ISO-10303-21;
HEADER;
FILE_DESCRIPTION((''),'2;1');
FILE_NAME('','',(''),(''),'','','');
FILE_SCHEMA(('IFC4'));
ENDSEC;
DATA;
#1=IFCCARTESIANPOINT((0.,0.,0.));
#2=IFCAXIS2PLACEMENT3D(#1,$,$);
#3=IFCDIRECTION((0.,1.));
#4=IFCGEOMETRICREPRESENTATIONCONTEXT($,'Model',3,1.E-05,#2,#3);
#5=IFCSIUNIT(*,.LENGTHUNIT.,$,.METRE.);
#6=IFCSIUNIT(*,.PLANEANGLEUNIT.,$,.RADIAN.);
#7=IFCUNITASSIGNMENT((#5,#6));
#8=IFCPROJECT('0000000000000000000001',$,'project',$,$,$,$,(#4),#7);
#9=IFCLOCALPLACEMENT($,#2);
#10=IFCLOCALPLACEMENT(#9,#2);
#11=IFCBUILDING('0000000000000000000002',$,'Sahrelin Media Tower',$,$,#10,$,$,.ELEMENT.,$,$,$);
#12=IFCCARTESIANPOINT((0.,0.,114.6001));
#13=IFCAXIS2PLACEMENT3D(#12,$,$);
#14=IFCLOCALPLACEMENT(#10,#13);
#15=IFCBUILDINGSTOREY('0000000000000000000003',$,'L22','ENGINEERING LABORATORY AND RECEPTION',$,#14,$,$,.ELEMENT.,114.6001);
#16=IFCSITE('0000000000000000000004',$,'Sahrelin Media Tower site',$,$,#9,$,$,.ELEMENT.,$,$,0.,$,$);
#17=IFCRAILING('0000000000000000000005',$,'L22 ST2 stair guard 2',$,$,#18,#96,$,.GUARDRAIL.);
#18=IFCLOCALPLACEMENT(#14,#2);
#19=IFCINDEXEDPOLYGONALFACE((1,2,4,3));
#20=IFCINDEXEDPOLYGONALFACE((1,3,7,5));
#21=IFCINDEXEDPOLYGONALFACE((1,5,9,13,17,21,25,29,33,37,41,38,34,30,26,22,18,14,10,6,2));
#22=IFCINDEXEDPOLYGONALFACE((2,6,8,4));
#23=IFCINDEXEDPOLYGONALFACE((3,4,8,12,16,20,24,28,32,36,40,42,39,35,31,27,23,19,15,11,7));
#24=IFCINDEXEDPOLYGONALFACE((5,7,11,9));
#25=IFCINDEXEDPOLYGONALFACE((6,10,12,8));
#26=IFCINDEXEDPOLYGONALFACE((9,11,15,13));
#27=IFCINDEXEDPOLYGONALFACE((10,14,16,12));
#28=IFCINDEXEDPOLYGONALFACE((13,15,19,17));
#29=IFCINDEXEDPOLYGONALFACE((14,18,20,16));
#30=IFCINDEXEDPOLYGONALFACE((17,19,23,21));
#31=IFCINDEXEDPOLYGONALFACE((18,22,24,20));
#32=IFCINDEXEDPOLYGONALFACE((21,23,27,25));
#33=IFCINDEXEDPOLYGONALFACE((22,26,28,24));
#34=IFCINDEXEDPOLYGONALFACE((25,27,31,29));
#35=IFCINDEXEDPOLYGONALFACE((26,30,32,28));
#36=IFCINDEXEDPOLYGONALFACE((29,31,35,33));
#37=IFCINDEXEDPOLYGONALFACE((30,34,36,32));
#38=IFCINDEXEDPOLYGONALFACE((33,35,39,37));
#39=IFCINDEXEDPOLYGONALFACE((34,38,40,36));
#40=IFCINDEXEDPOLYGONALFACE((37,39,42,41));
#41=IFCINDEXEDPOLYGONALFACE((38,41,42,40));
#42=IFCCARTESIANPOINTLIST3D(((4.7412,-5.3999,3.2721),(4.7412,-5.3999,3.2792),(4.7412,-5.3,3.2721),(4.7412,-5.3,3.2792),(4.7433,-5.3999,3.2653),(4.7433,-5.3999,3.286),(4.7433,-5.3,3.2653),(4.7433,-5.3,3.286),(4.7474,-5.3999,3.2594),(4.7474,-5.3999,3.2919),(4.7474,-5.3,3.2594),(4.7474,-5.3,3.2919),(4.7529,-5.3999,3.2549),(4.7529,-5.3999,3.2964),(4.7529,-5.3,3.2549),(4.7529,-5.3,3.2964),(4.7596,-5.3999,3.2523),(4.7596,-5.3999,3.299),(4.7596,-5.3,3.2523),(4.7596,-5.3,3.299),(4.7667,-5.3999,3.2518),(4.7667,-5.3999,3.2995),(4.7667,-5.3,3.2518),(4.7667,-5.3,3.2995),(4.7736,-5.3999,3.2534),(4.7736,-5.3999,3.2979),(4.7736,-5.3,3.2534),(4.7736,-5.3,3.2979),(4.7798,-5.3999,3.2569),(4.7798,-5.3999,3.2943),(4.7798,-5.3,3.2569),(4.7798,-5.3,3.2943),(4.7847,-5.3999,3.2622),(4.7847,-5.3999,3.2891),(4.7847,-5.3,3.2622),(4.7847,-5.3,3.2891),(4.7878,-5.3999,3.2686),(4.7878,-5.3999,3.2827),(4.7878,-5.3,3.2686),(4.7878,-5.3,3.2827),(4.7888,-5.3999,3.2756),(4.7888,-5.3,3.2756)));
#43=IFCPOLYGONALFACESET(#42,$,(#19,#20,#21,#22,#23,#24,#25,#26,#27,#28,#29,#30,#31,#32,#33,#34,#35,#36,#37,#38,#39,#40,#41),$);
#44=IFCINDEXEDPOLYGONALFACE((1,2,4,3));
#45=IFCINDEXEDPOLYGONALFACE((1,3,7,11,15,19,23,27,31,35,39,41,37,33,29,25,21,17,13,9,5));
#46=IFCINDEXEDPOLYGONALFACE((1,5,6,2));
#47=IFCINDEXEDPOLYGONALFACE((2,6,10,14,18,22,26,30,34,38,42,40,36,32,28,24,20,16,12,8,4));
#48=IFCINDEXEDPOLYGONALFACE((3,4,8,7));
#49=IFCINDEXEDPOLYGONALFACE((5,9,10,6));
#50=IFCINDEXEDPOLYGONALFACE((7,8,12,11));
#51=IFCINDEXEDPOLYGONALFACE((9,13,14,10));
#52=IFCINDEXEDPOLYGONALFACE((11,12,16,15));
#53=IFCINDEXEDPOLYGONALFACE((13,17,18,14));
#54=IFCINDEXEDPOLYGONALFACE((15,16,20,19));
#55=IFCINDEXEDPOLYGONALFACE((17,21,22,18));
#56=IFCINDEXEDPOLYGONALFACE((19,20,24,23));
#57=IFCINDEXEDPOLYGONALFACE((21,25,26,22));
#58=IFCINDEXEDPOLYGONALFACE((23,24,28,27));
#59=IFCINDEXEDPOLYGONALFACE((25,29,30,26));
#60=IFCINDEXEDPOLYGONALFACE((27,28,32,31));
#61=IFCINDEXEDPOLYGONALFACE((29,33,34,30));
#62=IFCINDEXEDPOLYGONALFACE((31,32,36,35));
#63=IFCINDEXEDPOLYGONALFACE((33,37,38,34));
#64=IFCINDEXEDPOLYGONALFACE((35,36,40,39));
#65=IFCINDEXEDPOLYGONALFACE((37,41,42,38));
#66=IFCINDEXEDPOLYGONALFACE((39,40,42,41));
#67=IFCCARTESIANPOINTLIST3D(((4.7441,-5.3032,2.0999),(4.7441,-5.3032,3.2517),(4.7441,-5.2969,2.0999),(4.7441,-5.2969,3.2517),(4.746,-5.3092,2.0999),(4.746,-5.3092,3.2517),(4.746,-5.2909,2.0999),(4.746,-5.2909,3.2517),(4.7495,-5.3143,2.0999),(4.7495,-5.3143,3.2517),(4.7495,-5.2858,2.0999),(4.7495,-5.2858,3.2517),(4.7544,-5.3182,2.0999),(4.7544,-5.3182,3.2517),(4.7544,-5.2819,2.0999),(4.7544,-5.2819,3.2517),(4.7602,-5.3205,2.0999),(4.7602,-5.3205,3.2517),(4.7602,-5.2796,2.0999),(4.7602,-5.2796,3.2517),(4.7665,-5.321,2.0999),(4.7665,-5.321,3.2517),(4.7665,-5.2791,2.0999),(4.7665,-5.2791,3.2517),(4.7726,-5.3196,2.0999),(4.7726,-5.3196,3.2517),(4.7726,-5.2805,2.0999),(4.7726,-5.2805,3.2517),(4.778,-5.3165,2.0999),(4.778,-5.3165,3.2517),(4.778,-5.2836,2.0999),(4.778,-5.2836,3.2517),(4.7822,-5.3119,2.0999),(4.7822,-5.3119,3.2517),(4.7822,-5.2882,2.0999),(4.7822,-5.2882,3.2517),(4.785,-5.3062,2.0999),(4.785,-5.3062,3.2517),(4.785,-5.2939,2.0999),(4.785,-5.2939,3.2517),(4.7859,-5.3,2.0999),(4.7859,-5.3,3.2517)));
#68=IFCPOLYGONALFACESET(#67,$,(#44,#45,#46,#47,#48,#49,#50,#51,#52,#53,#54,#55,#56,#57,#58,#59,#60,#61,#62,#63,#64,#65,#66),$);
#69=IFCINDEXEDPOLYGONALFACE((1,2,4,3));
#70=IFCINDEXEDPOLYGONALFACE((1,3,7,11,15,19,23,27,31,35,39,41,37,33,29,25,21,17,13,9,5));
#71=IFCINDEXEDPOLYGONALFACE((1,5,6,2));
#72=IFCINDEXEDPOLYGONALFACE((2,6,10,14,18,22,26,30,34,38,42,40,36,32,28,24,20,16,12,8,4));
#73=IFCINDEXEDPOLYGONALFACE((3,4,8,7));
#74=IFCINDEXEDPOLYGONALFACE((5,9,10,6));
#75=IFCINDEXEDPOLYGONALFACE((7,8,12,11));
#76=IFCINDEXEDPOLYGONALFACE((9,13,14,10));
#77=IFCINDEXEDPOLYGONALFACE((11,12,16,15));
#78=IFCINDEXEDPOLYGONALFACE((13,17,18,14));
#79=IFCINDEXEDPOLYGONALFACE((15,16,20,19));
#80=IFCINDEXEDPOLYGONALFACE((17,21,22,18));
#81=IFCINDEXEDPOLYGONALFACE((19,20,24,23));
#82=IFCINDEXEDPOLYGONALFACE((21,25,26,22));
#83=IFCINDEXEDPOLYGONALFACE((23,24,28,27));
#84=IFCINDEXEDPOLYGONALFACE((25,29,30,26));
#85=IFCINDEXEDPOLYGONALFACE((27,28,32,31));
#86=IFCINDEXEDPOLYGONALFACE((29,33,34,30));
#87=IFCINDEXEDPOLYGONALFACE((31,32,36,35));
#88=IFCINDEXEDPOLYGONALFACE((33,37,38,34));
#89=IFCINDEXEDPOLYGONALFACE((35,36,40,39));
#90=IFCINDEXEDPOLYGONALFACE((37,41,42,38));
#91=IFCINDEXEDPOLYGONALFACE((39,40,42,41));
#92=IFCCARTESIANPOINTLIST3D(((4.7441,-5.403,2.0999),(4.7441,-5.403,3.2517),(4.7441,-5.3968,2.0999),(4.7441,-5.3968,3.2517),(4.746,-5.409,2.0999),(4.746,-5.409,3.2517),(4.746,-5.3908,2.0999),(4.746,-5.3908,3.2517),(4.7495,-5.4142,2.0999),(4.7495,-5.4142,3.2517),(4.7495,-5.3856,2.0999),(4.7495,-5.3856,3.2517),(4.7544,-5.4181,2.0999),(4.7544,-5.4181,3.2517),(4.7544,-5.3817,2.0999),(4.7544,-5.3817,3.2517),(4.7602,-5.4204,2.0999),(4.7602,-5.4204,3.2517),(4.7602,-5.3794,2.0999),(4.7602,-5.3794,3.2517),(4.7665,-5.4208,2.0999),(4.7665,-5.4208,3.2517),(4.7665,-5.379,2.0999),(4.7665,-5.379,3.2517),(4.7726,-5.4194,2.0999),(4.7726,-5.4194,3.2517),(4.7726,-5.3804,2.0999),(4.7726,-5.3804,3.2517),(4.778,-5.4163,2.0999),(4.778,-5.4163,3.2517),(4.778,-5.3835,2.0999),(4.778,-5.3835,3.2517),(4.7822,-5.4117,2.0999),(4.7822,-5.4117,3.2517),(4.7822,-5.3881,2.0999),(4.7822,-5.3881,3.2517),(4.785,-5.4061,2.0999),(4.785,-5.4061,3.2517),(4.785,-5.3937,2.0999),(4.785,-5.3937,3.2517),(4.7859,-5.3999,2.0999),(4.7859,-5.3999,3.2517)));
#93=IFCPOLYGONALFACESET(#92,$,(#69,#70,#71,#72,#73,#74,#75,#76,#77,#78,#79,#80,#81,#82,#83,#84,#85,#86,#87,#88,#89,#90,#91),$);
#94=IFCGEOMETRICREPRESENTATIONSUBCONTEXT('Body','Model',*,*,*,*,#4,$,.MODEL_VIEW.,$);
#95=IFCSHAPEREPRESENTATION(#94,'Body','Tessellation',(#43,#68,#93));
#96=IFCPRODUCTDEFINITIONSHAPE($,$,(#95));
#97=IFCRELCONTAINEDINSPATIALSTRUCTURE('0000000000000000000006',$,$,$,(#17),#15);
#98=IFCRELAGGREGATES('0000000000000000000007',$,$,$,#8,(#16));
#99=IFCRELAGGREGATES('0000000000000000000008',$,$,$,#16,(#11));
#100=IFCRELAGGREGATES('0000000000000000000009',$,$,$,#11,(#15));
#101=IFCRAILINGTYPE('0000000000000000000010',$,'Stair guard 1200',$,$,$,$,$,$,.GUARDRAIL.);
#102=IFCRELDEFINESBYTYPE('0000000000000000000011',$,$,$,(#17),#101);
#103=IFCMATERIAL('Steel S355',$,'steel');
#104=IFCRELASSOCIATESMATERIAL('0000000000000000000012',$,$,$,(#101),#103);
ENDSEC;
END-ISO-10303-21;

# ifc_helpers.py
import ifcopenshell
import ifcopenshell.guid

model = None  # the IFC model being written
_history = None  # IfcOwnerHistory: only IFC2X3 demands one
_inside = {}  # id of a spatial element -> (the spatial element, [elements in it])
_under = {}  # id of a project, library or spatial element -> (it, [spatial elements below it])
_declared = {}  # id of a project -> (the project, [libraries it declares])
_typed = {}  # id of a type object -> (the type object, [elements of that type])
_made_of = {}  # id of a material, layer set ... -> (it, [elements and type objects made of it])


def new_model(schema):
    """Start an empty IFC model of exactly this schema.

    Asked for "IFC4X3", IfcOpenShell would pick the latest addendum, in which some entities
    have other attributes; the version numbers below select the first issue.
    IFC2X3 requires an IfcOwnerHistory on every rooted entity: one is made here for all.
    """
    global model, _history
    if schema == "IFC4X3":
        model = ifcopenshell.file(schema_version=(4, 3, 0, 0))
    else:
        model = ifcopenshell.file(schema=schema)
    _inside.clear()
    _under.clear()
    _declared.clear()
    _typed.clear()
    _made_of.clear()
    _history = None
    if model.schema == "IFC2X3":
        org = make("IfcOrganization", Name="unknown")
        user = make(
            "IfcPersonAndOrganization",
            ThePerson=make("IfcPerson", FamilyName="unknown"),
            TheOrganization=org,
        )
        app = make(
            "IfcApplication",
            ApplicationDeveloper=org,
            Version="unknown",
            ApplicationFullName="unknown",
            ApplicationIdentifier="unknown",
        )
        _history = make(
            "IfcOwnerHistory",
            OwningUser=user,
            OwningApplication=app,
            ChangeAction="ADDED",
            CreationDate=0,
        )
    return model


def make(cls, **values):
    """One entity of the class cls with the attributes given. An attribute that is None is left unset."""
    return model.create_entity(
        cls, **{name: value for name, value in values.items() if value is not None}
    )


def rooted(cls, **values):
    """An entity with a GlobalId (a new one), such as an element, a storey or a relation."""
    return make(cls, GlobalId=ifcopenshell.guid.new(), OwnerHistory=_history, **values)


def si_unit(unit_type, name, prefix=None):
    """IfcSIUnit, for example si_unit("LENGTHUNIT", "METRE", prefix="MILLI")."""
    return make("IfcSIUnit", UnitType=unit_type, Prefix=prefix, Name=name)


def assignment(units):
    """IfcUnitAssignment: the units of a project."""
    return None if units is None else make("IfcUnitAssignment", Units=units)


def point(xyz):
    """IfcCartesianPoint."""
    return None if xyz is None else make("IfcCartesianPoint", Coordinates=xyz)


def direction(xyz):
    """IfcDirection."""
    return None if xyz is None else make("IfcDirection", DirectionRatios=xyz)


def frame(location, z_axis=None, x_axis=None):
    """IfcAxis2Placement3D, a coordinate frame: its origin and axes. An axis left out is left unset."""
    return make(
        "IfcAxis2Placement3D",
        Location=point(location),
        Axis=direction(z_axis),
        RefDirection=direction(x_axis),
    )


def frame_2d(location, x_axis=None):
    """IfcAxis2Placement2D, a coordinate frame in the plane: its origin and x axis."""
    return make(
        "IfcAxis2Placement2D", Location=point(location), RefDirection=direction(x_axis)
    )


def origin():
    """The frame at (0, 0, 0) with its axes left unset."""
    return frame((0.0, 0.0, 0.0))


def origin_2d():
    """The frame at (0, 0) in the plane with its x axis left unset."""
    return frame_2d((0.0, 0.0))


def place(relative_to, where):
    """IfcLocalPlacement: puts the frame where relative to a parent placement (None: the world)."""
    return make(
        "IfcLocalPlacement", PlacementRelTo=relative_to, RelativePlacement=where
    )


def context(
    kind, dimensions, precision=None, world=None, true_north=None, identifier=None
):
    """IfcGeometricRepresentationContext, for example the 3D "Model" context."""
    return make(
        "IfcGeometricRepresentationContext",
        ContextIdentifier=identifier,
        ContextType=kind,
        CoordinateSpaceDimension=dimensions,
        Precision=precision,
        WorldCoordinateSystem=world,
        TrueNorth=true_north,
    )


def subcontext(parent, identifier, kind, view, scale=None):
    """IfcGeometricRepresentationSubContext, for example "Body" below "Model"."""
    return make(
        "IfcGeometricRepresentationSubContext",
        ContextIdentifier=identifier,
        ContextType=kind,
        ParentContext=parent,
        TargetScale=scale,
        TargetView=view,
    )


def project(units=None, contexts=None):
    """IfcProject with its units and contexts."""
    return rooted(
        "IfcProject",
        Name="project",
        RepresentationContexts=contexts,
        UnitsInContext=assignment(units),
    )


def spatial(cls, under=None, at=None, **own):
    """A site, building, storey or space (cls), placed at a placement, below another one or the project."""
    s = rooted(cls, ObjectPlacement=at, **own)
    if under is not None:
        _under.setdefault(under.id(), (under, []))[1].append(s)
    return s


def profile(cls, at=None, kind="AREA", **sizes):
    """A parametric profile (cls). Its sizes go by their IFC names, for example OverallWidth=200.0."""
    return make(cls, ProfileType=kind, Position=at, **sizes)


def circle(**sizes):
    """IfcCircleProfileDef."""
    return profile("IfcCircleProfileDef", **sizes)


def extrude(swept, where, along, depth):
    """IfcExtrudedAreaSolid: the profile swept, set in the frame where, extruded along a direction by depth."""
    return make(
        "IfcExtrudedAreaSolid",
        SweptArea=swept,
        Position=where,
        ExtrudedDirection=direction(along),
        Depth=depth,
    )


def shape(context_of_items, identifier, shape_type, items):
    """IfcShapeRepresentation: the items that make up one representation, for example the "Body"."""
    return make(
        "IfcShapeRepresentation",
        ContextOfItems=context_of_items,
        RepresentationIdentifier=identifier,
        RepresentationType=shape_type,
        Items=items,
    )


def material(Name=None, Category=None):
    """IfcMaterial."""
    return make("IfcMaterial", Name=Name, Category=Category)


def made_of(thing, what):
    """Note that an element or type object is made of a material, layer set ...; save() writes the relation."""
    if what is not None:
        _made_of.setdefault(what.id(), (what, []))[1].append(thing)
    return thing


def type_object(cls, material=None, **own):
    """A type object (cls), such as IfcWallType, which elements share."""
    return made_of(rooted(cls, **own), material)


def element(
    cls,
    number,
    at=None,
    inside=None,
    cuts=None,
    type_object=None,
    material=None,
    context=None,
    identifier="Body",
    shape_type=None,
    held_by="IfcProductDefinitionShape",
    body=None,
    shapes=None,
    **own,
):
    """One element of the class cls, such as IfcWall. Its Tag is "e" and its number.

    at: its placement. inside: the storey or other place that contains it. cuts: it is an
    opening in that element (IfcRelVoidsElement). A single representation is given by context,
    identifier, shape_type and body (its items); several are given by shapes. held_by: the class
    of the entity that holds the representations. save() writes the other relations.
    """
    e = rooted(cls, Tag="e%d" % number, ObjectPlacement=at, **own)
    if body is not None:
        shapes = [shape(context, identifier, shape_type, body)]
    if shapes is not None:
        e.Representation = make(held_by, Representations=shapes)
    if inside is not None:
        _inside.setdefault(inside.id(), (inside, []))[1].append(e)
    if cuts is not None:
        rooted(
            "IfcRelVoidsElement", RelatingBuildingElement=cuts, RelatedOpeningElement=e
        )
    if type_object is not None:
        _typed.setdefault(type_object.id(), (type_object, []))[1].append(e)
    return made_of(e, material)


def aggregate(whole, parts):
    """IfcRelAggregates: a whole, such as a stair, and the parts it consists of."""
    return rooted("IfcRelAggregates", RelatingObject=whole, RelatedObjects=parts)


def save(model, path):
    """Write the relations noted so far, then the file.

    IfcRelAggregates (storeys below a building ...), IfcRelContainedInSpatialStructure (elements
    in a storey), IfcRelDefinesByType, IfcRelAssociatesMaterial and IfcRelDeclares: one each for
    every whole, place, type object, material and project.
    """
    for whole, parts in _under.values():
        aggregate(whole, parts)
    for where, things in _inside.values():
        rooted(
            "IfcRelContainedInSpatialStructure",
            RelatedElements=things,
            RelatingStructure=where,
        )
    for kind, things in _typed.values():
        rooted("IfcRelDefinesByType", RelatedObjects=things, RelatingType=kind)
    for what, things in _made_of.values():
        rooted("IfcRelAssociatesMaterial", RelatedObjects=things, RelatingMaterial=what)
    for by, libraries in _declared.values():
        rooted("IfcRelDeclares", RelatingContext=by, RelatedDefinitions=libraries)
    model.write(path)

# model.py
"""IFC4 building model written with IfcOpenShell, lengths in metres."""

from ifc_helpers import new_model, si_unit, direction, frame, origin, origin_2d, place, context, subcontext, project, spatial, circle, extrude, material, type_object, element, save


model = new_model("IFC4")

# Units and contexts
model_context = context("Model", 3, precision=1e-05, world=origin(), true_north=direction((0.0, 1.0)))
body_context = subcontext(model_context, "Body", "Model", "MODEL_VIEW")
ifc_project = project(units=[si_unit("LENGTHUNIT", "METRE"), si_unit("PLANEANGLEUNIT", "RADIAN")], contexts=[model_context])

# Site, building, storey
site_placement = place(None, origin())
site = spatial("IfcSite", under=ifc_project, at=site_placement, Name="Sahrelin Media Tower site", CompositionType="ELEMENT", RefElevation=0.0)
building_placement = place(site_placement, origin())
building = spatial("IfcBuilding", under=site, at=building_placement, Name="Sahrelin Media Tower", CompositionType="ELEMENT")
storey_placement = place(building_placement, frame((0.0, 0.0, 114.6001)))
storey = spatial("IfcBuildingStorey", under=building, at=storey_placement, Name="L22", Description="ENGINEERING LABORATORY AND RECEPTION", CompositionType="ELEMENT", Elevation=114.6001)

# Shared definitions
ifc_material_1 = material(Name="Steel S355", Category="steel")

# Railing
railing_type_1 = type_object("IfcRailingType", Name="Stair guard 1200", PredefinedType="GUARDRAIL", material=ifc_material_1)
railing_1_placement = place(storey_placement, frame((4.7649, -5.3, 2.0999)))
element("IfcRailing", 1, at=railing_1_placement, inside=storey, type_object=railing_type_1, Name="L22 ST2 stair guard 2", PredefinedType="GUARDRAIL", context=body_context, shape_type="SweptSolid", body=[
    extrude(circle(Radius=0.0239, at=origin_2d()), frame((0.0, 0.0, 1.1758), z_axis=(0.0, -1.0, 0.0), x_axis=(1.0, 0.0, 0.0)), (0.0, 0.0, 1.0), 0.0999),
    extrude(circle(Radius=0.021, at=origin_2d()), origin(), (0.0, 0.0, 1.0), 1.1519),
    extrude(circle(Radius=0.021, at=origin_2d()), frame((0.0, -0.0999, 0.0)), (0.0, 0.0, 1.0), 1.1519),
])

save(model, "model.ifc")
